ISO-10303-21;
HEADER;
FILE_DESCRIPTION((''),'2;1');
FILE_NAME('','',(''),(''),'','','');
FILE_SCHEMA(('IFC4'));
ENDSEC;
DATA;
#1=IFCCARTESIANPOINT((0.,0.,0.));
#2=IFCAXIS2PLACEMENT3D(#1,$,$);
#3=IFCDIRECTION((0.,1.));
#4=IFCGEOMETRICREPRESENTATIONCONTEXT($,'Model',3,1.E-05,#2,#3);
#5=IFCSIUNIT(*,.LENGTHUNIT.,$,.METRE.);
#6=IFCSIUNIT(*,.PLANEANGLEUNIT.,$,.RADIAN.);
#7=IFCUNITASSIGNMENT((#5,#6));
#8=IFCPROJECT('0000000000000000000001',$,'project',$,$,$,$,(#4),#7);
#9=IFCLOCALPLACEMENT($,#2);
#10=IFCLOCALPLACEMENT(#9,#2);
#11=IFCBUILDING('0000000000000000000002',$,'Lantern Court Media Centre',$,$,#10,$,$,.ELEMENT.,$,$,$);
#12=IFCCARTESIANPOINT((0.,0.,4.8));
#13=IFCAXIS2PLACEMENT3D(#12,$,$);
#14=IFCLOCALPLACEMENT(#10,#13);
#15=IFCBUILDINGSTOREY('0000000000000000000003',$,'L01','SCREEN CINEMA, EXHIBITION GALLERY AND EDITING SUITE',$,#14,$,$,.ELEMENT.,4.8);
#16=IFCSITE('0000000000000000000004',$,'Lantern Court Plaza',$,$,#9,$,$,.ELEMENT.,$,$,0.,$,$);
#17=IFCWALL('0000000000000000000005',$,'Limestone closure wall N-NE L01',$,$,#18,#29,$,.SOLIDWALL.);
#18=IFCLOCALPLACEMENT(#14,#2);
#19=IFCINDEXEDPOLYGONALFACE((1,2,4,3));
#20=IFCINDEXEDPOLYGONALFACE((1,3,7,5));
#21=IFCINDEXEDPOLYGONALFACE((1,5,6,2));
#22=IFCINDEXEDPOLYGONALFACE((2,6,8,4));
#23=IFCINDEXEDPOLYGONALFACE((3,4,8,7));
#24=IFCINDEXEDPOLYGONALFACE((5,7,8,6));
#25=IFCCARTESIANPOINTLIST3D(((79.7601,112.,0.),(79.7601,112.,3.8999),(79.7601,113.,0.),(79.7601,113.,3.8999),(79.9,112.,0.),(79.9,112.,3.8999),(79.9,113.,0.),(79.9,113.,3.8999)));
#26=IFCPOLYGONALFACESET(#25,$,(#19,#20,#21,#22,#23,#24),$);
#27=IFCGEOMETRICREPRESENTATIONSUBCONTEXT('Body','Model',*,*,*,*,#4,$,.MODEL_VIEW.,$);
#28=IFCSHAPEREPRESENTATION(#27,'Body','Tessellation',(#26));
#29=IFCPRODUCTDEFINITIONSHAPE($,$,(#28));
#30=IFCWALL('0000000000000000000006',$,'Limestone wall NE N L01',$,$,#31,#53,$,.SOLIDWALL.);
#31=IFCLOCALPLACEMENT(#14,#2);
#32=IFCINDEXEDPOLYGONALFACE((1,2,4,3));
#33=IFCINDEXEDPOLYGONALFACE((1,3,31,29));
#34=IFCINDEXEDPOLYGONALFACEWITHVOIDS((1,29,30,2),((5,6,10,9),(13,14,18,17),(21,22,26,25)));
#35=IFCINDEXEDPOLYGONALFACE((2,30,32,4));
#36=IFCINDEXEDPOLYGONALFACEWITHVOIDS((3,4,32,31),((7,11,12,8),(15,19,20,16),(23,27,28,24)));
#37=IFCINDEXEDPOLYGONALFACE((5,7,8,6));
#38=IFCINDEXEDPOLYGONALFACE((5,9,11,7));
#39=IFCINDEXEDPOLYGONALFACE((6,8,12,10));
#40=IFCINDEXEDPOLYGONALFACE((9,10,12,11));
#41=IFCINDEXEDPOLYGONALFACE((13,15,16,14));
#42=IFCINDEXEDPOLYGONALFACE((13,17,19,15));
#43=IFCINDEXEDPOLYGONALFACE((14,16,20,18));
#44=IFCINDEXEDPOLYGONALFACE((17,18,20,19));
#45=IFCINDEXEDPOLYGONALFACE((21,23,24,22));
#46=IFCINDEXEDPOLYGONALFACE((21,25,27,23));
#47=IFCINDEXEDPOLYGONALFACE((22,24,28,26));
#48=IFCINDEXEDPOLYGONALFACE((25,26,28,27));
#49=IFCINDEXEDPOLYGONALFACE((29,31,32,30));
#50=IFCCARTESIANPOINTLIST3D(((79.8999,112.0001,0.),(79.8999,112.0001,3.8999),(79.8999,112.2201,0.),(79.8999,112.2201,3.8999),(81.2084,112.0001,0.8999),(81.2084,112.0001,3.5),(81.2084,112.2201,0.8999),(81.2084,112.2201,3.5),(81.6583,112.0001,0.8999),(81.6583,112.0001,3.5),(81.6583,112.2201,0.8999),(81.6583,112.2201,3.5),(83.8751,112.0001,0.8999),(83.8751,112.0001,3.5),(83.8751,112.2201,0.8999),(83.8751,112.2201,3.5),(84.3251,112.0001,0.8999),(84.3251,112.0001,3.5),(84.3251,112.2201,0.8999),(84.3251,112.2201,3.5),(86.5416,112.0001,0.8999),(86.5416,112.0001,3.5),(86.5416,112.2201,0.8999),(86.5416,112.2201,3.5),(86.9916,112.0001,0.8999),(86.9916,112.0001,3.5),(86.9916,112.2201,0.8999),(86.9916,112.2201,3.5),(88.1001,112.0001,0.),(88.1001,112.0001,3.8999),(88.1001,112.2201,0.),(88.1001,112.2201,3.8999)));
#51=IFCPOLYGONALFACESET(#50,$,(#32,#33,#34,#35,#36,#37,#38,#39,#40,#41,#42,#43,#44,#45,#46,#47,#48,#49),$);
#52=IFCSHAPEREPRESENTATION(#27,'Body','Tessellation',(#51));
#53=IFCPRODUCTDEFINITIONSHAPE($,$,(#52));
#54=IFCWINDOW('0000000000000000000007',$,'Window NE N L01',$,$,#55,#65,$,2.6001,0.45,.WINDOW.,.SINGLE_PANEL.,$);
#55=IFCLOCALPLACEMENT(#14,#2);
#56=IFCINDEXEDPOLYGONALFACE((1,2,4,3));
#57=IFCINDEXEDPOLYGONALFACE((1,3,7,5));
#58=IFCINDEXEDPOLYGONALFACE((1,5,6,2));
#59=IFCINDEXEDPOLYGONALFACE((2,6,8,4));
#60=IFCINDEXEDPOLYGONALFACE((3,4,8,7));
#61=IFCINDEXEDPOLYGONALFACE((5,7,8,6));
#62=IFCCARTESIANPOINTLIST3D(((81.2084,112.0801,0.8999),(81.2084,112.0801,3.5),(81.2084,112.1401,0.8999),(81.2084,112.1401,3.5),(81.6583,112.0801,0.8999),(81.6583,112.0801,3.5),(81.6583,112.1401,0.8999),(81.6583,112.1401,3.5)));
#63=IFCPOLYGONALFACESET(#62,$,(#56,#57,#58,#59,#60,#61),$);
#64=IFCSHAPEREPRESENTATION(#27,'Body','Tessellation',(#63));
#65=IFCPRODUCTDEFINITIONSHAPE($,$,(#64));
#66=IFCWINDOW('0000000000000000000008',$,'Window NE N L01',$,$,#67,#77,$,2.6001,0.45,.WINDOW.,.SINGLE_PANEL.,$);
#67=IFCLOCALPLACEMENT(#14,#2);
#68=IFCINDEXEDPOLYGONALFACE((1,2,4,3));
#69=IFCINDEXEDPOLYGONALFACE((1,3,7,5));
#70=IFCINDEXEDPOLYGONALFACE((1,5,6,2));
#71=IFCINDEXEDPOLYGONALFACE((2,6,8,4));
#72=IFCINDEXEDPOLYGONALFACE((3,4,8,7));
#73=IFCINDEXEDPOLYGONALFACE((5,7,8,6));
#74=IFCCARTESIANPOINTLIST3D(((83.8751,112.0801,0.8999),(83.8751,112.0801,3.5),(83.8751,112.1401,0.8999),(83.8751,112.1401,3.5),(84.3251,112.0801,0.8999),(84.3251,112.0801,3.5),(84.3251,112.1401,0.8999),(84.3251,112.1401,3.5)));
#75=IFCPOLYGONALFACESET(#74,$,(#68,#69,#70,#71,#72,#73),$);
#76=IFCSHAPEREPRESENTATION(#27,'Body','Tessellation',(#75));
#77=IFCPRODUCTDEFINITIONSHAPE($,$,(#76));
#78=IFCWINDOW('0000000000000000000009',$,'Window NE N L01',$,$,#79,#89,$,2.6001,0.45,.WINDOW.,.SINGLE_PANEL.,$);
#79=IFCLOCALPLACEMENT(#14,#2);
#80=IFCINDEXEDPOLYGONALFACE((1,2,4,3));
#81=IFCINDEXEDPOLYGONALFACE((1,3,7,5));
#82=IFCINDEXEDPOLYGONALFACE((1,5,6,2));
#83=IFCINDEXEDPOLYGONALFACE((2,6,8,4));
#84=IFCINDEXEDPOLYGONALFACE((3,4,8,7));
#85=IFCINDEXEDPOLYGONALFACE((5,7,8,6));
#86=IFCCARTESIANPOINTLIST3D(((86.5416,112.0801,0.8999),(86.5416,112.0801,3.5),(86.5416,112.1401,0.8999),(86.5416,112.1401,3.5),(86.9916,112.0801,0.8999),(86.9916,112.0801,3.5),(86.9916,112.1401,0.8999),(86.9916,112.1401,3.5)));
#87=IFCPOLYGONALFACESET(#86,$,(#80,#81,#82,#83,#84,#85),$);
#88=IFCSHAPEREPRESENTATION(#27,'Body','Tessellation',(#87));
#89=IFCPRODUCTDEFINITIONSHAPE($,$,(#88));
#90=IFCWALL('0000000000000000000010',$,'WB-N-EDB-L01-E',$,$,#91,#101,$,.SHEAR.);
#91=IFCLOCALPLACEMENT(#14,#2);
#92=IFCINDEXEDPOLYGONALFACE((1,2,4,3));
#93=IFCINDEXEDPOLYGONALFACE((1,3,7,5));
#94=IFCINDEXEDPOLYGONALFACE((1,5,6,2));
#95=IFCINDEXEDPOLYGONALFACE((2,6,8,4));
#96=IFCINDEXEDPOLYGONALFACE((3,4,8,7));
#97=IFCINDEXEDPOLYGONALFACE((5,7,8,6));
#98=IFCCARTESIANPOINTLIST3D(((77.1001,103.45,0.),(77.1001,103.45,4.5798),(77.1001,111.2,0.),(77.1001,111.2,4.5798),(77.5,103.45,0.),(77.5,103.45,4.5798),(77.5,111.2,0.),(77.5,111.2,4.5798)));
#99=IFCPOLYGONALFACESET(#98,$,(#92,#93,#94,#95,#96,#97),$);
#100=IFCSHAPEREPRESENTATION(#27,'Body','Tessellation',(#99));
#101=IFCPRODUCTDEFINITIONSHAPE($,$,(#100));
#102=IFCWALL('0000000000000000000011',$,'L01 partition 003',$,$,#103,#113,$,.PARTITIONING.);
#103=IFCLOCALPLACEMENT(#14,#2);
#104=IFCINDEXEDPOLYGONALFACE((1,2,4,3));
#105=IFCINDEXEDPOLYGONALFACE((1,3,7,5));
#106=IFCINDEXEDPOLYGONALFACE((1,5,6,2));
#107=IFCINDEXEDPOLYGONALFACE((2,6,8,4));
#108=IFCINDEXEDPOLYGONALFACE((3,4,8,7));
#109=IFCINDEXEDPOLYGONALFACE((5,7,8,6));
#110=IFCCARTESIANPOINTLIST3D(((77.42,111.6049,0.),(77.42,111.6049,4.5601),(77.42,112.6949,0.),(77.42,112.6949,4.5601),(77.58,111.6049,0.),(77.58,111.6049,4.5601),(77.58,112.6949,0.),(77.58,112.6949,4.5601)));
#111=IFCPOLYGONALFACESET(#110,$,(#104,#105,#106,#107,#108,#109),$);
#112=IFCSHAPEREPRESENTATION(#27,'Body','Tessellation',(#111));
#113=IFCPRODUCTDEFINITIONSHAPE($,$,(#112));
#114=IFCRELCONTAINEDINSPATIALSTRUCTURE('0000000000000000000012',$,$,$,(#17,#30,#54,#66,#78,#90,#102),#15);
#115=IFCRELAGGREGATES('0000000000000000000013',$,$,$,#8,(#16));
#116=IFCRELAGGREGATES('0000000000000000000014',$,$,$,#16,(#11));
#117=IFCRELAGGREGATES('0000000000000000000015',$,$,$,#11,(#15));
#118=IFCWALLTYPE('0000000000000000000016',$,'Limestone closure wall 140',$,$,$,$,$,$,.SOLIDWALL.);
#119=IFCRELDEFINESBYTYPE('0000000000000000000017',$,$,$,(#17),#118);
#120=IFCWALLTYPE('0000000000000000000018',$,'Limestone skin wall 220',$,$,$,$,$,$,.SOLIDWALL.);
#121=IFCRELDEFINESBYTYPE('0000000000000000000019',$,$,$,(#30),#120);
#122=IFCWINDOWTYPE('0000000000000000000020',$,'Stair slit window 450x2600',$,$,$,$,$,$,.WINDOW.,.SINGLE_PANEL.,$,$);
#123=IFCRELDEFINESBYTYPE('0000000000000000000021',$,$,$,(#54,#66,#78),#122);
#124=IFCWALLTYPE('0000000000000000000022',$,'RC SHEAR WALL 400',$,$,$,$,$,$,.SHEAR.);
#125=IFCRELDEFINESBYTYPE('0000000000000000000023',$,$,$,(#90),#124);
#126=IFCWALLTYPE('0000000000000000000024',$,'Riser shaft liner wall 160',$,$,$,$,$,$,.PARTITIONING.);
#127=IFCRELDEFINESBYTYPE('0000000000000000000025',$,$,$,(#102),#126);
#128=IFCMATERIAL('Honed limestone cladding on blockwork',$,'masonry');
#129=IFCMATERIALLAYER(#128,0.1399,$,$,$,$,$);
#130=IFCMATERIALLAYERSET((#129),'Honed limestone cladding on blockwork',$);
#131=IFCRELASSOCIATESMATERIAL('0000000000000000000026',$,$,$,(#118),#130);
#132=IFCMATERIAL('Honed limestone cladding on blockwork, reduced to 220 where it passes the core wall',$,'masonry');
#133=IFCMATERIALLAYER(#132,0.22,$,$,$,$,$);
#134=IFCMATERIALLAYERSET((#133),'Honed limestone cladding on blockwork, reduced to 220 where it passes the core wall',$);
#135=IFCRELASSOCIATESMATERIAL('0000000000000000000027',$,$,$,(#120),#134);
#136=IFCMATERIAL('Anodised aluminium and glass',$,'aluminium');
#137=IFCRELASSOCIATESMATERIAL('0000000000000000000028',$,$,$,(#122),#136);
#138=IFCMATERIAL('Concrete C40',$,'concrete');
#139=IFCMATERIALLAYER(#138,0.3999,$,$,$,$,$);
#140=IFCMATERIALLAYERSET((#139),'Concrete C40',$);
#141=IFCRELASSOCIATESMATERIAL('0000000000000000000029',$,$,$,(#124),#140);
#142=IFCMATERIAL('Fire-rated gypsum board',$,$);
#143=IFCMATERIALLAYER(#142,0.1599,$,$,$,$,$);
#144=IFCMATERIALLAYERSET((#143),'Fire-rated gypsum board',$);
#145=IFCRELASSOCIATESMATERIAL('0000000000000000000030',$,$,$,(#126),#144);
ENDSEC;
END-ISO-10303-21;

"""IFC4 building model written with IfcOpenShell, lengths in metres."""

from ifc_helpers import new_model, si_unit, direction, frame, frame_2d, origin, place, context, subcontext, project, spatial, rectangle, extrude, material, layer, layer_set, type_object, element, fill, save


model = new_model("IFC4")

# Units and contexts
model_context = context("Model", 3, precision=1e-05, world=origin(), true_north=direction((0.0, 1.0)))
body_context = subcontext(model_context, "Body", "Model", "MODEL_VIEW")
ifc_project = project(units=[si_unit("LENGTHUNIT", "METRE"), si_unit("PLANEANGLEUNIT", "RADIAN")], contexts=[model_context])

# Site, building, storey
site_placement = place(None, origin())
site = spatial("IfcSite", under=ifc_project, at=site_placement, Name="Lantern Court Plaza", CompositionType="ELEMENT", RefElevation=0.0)
building_placement = place(site_placement, origin())
building = spatial("IfcBuilding", under=site, at=building_placement, Name="Lantern Court Media Centre", CompositionType="ELEMENT")
storey_placement = place(building_placement, frame((0.0, 0.0, 4.8)))
storey = spatial("IfcBuildingStorey", under=building, at=storey_placement, Name="L01", Description="SCREEN CINEMA, EXHIBITION GALLERY AND EDITING SUITE", CompositionType="ELEMENT", Elevation=4.8)

# Wall
ifc_material_1 = material(Name="Honed limestone cladding on blockwork", Category="masonry")
ifc_layer_1 = layer(ifc_material_1, 0.1399)
ifc_layer_set_1 = layer_set([ifc_layer_1], Name="Honed limestone cladding on blockwork")
wall_type_1 = type_object("IfcWallType", Name="Limestone closure wall 140", PredefinedType="SOLIDWALL", material=ifc_layer_set_1)
wall_1_placement = place(storey_placement, frame((79.8301, 112.0, 0.0), z_axis=(0.0, 0.0, 1.0), x_axis=(0.0, 1.0, 0.0)))
element("IfcWall", 1, at=wall_1_placement, inside=storey, type_object=wall_type_1, Name="Limestone closure wall N-NE L01", PredefinedType="SOLIDWALL", context=body_context, shape_type="SweptSolid", body=[
    extrude(rectangle(XDim=1.0, YDim=0.1399, at=frame_2d((0.5, 0.0))), origin(), (0.0, 0.0, 1.0), 3.8999),
])

# Wall, openings, windows
ifc_material_2 = material(Name="Honed limestone cladding on blockwork, reduced to 220 where it passes the core wall", Category="masonry")
ifc_layer_2 = layer(ifc_material_2, 0.22)
ifc_layer_set_2 = layer_set([ifc_layer_2], Name="Honed limestone cladding on blockwork, reduced to 220 where it passes the core wall")
wall_type_2 = type_object("IfcWallType", Name="Limestone skin wall 220", PredefinedType="SOLIDWALL", material=ifc_layer_set_2)
wall_2_placement = place(storey_placement, frame((79.8999, 112.1101, 0.0), z_axis=(0.0, 0.0, 1.0), x_axis=(1.0, 0.0, 0.0)))
wall_2 = element("IfcWall", 2, at=wall_2_placement, inside=storey, type_object=wall_type_2, Name="Limestone wall NE N L01", PredefinedType="SOLIDWALL", context=body_context, shape_type="SweptSolid", body=[
    extrude(rectangle(XDim=8.2002, YDim=0.22, at=frame_2d((4.1001, 0.0))), origin(), (0.0, 0.0, 1.0), 3.8999),
])
opening_1_placement = place(wall_2_placement, frame((1.3083, 0.0, 0.8999)))
opening_1 = element("IfcOpeningElement", 3, at=opening_1_placement, cuts=wall_2, PredefinedType="OPENING", context=body_context, shape_type="SweptSolid", body=[
    extrude(rectangle(XDim=0.45, YDim=2.6001, at=frame_2d((0.2251, 1.3))), frame((0.0, 0.1199, 0.0), z_axis=(0.0, -1.0, 0.0), x_axis=(1.0, 0.0, 0.0)), (0.0, 0.0, 1.0), 0.24),
])
opening_2_placement = place(wall_2_placement, frame((3.9751, 0.0, 0.8999)))
opening_2 = element("IfcOpeningElement", 4, at=opening_2_placement, cuts=wall_2, PredefinedType="OPENING", context=body_context, shape_type="SweptSolid", body=[
    extrude(rectangle(XDim=0.45, YDim=2.6001, at=frame_2d((0.2251, 1.3))), frame((0.0, 0.1199, 0.0), z_axis=(0.0, -1.0, 0.0), x_axis=(1.0, 0.0, 0.0)), (0.0, 0.0, 1.0), 0.24),
])
opening_3_placement = place(wall_2_placement, frame((6.6416, 0.0, 0.8999)))
opening_3 = element("IfcOpeningElement", 5, at=opening_3_placement, cuts=wall_2, PredefinedType="OPENING", context=body_context, shape_type="SweptSolid", body=[
    extrude(rectangle(XDim=0.45, YDim=2.6001, at=frame_2d((0.2251, 1.3))), frame((0.0, 0.1199, 0.0), z_axis=(0.0, -1.0, 0.0), x_axis=(1.0, 0.0, 0.0)), (0.0, 0.0, 1.0), 0.24),
])
ifc_material_3 = material(Name="Anodised aluminium and glass", Category="aluminium")
window_type = type_object("IfcWindowType", Name="Stair slit window 450x2600", PartitioningType="SINGLE_PANEL", PredefinedType="WINDOW", material=ifc_material_3)
window_1_placement = place(opening_1_placement, origin())
window_1 = element("IfcWindow", 6, at=window_1_placement, inside=storey, type_object=window_type, Name="Window NE N L01", OverallHeight=2.6001, OverallWidth=0.45, PartitioningType="SINGLE_PANEL", PredefinedType="WINDOW", context=body_context, shape_type="SweptSolid", body=[
    extrude(rectangle(XDim=0.45, YDim=2.6001, at=frame_2d((0.2251, 1.3))), frame((0.0, 0.03, 0.0), z_axis=(0.0, -1.0, 0.0), x_axis=(1.0, 0.0, 0.0)), (0.0, 0.0, 1.0), 0.0601),
])
fill(opening_1, window_1)
window_2_placement = place(opening_2_placement, origin())
window_2 = element("IfcWindow", 7, at=window_2_placement, inside=storey, type_object=window_type, Name="Window NE N L01", OverallHeight=2.6001, OverallWidth=0.45, PartitioningType="SINGLE_PANEL", PredefinedType="WINDOW", context=body_context, shape_type="SweptSolid", body=[
    extrude(rectangle(XDim=0.45, YDim=2.6001, at=frame_2d((0.2251, 1.3))), frame((0.0, 0.03, 0.0), z_axis=(0.0, -1.0, 0.0), x_axis=(1.0, 0.0, 0.0)), (0.0, 0.0, 1.0), 0.0601),
])
fill(opening_2, window_2)
window_3_placement = place(opening_3_placement, origin())
window_3 = element("IfcWindow", 8, at=window_3_placement, inside=storey, type_object=window_type, Name="Window NE N L01", OverallHeight=2.6001, OverallWidth=0.45, PartitioningType="SINGLE_PANEL", PredefinedType="WINDOW", context=body_context, shape_type="SweptSolid", body=[
    extrude(rectangle(XDim=0.45, YDim=2.6001, at=frame_2d((0.2251, 1.3))), frame((0.0, 0.03, 0.0), z_axis=(0.0, -1.0, 0.0), x_axis=(1.0, 0.0, 0.0)), (0.0, 0.0, 1.0), 0.0601),
])
fill(opening_3, window_3)

# Walls
ifc_material_4 = material(Name="Concrete C40", Category="concrete")
ifc_layer_3 = layer(ifc_material_4, 0.3999)
ifc_layer_set_3 = layer_set([ifc_layer_3], Name="Concrete C40")
wall_type_3 = type_object("IfcWallType", Name="RC SHEAR WALL 400", PredefinedType="SHEAR", material=ifc_layer_set_3)
wall_3_placement = place(storey_placement, frame((77.3, 103.45, 0.0), z_axis=(0.0, 0.0, 1.0), x_axis=(0.0, 1.0, 0.0)))
element("IfcWall", 9, at=wall_3_placement, inside=storey, type_object=wall_type_3, Name="WB-N-EDB-L01-E", PredefinedType="SHEAR", context=body_context, shape_type="SweptSolid", body=[
    extrude(rectangle(XDim=7.75, YDim=0.3999, at=frame_2d((3.875, 0.0))), origin(), (0.0, 0.0, 1.0), 4.5798),
])
ifc_material_5 = material(Name="Fire-rated gypsum board")
ifc_layer_4 = layer(ifc_material_5, 0.1599)
ifc_layer_set_4 = layer_set([ifc_layer_4], Name="Fire-rated gypsum board")
wall_type_4 = type_object("IfcWallType", Name="Riser shaft liner wall 160", PredefinedType="PARTITIONING", material=ifc_layer_set_4)
wall_4_placement = place(storey_placement, frame((77.5, 111.605, 0.0), z_axis=(0.0, 0.0, 1.0), x_axis=(0.0, 1.0, 0.0)))
element("IfcWall", 10, at=wall_4_placement, inside=storey, type_object=wall_type_4, Name="L01 partition 003", PredefinedType="PARTITIONING", context=body_context, shape_type="SweptSolid", body=[
    extrude(rectangle(XDim=1.0901, YDim=0.1599, at=frame_2d((0.5449, 0.0))), origin(), (0.0, 0.0, 1.0), 4.5601),
])

save(model, "model.ifc")
